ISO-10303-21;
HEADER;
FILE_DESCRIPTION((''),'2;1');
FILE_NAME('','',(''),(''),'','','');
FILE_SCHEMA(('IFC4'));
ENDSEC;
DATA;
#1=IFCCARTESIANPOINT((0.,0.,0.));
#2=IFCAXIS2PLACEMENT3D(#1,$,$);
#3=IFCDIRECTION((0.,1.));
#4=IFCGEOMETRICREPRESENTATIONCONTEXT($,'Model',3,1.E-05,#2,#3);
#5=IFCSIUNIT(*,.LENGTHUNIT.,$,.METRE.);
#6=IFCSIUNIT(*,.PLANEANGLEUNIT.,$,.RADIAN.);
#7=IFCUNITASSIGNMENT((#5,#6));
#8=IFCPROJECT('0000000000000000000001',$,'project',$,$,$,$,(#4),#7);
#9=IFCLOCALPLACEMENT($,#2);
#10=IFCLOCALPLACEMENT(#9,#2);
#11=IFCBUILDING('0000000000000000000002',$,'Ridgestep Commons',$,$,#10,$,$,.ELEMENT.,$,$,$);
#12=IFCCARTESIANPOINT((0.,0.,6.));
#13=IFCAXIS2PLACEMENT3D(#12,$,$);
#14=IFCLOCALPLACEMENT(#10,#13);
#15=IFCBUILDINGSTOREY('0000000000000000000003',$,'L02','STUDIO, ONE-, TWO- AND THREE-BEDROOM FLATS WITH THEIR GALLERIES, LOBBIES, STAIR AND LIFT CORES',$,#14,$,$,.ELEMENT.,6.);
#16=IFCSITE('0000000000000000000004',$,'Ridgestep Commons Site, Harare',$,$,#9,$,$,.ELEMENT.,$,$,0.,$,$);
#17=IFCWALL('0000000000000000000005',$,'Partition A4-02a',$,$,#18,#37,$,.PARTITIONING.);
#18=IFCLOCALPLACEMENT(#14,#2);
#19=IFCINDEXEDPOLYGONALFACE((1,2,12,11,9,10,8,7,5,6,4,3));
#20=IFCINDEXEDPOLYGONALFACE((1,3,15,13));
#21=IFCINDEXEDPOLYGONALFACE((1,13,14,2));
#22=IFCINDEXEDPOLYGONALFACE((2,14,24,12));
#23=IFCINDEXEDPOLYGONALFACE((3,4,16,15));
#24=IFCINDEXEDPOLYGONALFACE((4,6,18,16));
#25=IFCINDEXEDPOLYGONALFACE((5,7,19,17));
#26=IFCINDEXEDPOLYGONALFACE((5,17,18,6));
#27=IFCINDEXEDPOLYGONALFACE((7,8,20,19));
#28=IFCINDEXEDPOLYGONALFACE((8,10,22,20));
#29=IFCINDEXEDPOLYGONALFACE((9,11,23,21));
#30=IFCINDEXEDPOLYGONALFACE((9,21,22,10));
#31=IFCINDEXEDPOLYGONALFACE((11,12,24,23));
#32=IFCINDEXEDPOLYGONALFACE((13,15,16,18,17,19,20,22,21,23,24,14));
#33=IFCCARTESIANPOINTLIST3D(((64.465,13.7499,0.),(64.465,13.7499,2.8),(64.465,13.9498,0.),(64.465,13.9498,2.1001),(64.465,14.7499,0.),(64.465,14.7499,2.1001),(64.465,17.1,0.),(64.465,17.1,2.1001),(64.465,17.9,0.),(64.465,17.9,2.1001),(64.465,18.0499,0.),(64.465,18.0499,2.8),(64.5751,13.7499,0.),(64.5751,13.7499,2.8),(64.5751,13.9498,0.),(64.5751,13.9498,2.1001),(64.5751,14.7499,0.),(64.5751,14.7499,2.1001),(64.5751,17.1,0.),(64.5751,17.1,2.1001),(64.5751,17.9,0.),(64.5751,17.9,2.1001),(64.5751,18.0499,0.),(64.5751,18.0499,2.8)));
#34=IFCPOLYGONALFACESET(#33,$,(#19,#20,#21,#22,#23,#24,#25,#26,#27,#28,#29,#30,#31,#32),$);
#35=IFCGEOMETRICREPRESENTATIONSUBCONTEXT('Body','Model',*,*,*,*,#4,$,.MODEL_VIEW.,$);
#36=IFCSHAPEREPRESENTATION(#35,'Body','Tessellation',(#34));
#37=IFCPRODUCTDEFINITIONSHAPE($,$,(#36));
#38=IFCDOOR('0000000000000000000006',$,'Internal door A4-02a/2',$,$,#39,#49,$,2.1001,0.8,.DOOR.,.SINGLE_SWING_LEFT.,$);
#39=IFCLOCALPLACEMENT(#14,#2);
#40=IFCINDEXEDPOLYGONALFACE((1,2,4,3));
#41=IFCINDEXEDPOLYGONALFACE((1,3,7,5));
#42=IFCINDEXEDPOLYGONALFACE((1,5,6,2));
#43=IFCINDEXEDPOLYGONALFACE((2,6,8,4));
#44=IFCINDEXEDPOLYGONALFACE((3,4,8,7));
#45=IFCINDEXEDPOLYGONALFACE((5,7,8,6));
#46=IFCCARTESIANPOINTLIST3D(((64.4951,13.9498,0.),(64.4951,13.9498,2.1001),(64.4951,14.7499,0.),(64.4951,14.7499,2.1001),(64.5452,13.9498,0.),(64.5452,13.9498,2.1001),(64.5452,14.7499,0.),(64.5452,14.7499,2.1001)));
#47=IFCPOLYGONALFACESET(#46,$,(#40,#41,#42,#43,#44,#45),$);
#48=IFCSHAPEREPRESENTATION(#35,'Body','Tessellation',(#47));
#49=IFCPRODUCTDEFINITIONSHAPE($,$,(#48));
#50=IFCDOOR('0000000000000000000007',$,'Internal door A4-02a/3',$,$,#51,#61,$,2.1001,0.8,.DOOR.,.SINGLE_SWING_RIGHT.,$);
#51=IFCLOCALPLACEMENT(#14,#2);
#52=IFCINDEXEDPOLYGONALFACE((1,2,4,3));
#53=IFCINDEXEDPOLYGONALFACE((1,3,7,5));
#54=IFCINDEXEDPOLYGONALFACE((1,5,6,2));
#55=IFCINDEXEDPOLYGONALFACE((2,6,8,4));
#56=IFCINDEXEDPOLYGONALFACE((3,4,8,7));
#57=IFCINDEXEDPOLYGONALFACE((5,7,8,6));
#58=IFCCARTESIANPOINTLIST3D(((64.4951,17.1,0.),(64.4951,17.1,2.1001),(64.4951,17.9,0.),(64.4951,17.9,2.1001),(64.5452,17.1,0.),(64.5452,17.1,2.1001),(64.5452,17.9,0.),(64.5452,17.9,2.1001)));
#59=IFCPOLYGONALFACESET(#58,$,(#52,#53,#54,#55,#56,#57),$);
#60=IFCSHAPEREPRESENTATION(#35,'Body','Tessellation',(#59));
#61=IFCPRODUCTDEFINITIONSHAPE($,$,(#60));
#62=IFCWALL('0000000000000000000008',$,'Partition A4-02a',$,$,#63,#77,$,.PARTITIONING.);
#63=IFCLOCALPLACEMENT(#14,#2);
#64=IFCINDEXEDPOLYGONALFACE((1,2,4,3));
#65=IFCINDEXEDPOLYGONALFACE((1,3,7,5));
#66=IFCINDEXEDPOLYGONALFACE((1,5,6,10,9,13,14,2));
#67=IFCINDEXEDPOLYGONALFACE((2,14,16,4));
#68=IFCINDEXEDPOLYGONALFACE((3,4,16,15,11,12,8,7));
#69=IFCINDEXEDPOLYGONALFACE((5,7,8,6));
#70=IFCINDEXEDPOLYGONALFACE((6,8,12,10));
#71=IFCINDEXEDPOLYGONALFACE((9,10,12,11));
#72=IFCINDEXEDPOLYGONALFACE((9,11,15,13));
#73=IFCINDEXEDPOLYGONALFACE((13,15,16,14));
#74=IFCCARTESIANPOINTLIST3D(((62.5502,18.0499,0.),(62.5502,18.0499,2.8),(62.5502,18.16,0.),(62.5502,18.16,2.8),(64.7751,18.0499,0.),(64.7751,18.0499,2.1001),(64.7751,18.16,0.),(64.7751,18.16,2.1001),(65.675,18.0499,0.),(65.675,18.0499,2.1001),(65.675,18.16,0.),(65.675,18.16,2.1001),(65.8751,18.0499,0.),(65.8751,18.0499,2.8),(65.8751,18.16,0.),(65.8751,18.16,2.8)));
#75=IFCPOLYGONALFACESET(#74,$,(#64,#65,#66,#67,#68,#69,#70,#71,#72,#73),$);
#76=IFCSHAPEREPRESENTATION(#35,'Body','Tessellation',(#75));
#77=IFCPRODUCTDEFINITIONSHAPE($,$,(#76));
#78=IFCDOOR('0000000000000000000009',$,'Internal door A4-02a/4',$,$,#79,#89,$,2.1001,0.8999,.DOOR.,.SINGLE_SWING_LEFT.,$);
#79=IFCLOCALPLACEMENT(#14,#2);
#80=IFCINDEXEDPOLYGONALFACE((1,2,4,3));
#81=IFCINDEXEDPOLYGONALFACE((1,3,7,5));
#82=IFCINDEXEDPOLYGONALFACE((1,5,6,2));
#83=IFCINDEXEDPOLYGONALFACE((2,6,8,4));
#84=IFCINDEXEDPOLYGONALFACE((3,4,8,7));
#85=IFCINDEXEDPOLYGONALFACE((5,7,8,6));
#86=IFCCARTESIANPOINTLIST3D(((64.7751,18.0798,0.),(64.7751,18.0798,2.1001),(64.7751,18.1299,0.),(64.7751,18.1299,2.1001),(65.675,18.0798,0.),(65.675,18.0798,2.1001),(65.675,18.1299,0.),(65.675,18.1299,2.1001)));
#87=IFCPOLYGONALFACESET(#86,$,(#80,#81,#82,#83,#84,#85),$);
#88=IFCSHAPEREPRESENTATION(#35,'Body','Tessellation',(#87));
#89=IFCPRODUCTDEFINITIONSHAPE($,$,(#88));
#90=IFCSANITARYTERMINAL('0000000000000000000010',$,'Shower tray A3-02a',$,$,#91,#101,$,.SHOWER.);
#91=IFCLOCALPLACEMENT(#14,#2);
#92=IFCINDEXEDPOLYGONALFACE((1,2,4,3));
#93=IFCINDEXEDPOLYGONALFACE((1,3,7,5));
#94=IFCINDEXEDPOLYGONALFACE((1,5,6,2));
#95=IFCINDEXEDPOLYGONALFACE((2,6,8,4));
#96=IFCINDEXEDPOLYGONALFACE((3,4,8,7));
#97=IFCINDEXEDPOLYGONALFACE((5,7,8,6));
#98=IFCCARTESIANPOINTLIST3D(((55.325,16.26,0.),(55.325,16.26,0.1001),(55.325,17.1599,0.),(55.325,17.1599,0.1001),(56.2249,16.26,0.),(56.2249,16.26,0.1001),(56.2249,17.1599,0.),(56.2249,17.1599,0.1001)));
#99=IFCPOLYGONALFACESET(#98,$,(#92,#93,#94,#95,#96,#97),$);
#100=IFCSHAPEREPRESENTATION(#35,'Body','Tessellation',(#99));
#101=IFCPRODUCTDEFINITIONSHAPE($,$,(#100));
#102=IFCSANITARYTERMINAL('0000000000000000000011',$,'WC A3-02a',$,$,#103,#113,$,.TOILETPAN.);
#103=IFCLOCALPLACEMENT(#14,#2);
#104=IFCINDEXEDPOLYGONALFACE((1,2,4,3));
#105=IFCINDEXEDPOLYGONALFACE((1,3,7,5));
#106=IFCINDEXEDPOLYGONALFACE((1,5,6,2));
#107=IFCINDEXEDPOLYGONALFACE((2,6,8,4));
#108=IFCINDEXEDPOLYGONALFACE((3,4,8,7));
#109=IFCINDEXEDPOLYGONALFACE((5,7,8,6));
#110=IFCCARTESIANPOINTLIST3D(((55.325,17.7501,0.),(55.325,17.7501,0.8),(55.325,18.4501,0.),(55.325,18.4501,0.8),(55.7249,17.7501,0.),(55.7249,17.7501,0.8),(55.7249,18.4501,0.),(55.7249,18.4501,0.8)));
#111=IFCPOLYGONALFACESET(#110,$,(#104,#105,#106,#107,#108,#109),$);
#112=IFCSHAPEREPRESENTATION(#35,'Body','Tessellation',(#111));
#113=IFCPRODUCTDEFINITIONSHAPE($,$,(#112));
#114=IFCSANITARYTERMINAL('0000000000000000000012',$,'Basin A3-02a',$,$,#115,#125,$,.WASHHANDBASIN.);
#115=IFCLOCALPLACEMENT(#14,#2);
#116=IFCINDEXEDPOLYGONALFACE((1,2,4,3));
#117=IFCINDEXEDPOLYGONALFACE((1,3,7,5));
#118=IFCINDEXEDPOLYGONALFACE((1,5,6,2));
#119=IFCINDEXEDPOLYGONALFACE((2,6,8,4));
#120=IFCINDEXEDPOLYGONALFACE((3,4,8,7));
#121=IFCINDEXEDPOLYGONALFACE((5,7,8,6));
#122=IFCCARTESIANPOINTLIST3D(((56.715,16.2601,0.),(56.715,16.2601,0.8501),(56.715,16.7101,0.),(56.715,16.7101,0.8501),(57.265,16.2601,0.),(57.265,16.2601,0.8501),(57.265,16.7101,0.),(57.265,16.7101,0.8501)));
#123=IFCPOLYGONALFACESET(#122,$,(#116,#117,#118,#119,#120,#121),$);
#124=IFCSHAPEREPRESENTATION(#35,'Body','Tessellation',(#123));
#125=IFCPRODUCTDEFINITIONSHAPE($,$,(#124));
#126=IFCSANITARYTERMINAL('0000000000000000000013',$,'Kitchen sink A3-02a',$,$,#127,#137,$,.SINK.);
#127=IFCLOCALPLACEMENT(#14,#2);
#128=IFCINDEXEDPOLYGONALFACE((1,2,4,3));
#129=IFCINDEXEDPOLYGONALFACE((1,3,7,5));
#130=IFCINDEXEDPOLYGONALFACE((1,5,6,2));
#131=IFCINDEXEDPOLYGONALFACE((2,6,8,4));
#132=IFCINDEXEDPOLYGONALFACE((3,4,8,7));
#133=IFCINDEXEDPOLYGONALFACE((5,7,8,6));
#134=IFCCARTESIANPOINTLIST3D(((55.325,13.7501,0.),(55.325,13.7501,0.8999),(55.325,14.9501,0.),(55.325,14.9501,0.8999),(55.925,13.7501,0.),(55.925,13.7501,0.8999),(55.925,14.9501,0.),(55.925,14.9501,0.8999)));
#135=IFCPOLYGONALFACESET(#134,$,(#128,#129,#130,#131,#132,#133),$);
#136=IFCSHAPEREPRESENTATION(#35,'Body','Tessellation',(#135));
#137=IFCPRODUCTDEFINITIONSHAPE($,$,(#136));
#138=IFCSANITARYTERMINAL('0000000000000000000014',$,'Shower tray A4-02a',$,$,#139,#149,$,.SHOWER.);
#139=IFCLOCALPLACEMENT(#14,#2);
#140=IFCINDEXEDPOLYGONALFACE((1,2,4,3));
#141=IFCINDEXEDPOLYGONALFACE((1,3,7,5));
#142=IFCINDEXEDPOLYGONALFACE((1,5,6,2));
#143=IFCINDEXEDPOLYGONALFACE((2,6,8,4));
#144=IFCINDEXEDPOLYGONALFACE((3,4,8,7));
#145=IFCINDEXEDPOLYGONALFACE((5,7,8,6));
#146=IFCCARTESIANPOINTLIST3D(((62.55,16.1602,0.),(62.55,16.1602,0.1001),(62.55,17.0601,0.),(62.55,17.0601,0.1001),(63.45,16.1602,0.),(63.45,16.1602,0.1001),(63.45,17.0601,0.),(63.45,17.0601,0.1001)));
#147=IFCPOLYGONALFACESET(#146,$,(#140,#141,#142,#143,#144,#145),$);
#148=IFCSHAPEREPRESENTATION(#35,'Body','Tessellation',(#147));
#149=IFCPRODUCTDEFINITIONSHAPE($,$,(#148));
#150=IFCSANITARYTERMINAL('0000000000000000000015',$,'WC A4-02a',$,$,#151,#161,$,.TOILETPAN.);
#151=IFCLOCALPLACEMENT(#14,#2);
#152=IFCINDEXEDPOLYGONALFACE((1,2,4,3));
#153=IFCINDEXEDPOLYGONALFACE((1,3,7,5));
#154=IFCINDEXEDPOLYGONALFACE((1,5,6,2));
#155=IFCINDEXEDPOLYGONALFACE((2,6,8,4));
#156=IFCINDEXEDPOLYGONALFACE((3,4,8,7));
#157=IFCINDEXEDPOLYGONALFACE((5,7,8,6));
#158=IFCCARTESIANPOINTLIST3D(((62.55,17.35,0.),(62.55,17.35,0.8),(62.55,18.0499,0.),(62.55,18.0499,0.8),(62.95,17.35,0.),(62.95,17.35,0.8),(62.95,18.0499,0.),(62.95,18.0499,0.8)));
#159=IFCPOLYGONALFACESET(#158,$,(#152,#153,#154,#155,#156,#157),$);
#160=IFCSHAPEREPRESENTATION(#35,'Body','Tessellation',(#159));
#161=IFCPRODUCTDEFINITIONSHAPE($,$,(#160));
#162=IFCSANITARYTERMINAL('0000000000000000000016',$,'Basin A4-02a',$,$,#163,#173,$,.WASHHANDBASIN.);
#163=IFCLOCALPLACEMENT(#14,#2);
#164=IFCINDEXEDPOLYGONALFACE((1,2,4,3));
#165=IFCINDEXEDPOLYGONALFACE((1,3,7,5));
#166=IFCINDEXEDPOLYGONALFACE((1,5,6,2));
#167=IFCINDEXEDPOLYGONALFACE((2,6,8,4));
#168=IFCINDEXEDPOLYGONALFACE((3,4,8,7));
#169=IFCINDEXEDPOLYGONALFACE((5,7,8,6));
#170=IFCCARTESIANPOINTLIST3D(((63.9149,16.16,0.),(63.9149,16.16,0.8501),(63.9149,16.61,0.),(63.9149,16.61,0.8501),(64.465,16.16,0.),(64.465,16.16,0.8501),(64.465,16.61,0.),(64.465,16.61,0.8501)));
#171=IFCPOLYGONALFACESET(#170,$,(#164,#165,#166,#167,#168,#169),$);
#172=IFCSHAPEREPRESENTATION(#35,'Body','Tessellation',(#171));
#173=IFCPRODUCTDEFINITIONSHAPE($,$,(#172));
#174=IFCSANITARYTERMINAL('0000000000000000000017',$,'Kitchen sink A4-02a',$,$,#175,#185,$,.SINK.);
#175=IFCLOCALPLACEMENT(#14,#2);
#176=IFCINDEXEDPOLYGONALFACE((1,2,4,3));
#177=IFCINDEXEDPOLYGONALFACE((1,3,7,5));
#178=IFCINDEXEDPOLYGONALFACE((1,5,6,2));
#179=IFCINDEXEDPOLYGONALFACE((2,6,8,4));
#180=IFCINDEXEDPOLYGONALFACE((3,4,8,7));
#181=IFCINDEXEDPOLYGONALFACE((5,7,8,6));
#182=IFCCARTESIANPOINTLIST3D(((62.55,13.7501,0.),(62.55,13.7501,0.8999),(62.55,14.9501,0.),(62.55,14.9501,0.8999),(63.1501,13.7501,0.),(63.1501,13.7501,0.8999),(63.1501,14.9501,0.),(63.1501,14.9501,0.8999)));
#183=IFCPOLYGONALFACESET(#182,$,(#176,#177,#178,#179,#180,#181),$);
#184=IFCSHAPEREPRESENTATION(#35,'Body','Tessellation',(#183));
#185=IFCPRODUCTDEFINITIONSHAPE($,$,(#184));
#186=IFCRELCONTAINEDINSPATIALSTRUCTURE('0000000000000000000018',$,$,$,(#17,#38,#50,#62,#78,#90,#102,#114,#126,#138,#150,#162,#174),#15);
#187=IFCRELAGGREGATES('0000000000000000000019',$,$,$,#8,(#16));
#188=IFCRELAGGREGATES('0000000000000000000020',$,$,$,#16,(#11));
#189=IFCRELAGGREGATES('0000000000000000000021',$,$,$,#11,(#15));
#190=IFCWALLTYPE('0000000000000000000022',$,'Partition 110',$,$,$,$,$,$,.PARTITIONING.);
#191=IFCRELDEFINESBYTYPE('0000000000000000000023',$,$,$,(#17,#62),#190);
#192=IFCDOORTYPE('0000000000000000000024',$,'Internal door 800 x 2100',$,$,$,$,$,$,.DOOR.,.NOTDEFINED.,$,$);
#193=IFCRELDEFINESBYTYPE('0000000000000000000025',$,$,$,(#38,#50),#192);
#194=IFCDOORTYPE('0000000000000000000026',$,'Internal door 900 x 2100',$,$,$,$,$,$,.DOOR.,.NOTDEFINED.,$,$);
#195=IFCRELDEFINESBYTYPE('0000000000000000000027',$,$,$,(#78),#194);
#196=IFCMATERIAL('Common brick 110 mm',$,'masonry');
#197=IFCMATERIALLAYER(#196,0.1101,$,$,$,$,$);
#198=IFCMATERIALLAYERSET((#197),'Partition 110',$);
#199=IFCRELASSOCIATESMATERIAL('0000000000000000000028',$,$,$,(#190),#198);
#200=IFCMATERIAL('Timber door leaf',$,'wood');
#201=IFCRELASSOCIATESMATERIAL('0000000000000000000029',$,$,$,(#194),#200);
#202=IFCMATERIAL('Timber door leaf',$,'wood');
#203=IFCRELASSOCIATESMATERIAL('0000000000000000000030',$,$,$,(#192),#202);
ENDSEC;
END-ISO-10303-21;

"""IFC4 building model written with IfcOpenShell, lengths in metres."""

from ifc_helpers import new_model, si_unit, direction, frame, frame_2d, origin, origin_2d, place, context, subcontext, project, spatial, rectangle, extrude, material, layer, layer_set, type_object, element, fill, save


model = new_model("IFC4")

# Units and contexts
model_context = context("Model", 3, precision=1e-05, world=origin(), true_north=direction((0.0, 1.0)))
body_context = subcontext(model_context, "Body", "Model", "MODEL_VIEW")
ifc_project = project(units=[si_unit("LENGTHUNIT", "METRE"), si_unit("PLANEANGLEUNIT", "RADIAN")], contexts=[model_context])

# Site, building, storey
site_placement = place(None, origin())
site = spatial("IfcSite", under=ifc_project, at=site_placement, Name="Ridgestep Commons Site, Harare", CompositionType="ELEMENT", RefElevation=0.0)
building_placement = place(site_placement, origin())
building = spatial("IfcBuilding", under=site, at=building_placement, Name="Ridgestep Commons", CompositionType="ELEMENT")
storey_placement = place(building_placement, frame((0.0, 0.0, 6.0)))
storey = spatial("IfcBuildingStorey", under=building, at=storey_placement, Name="L02", Description="STUDIO, ONE-, TWO- AND THREE-BEDROOM FLATS WITH THEIR GALLERIES, LOBBIES, STAIR AND LIFT CORES", CompositionType="ELEMENT", Elevation=6.0)

# Shared definitions
ifc_material_1 = material(Name="Common brick 110 mm", Category="masonry")
ifc_layer_1 = layer(ifc_material_1, 0.1101)
ifc_layer_set_1 = layer_set([ifc_layer_1], Name="Partition 110")
wall_type_1 = type_object("IfcWallType", Name="Partition 110", PredefinedType="PARTITIONING", material=ifc_layer_set_1)

# Shared definitions
ifc_material_2 = material(Name="Timber door leaf", Category="wood")
door_type_1 = type_object("IfcDoorType", Name="Internal door 900 x 2100", OperationType="NOTDEFINED", PredefinedType="DOOR", material=ifc_material_2)

# Wall, openings, doors
wall_1_placement = place(storey_placement, frame((64.52, 13.75, 0.0), z_axis=(0.0, 0.0, 1.0), x_axis=(0.0, 1.0, 0.0)))
wall_1 = element("IfcWall", 1, at=wall_1_placement, inside=storey, type_object=wall_type_1, Name="Partition A4-02a", PredefinedType="PARTITIONING", context=body_context, shape_type="SweptSolid", body=[
    extrude(rectangle(XDim=4.3, YDim=0.1101, at=frame_2d((2.1499, 0.0))), origin(), (0.0, 0.0, 1.0), 2.8),
])
opening_1_placement = place(wall_1_placement, frame((0.2, 0.0, 0.0)))
opening_1 = element("IfcOpeningElement", 2, at=opening_1_placement, cuts=wall_1, PredefinedType="OPENING", context=body_context, shape_type="SweptSolid", body=[
    extrude(rectangle(XDim=0.8, YDim=2.1001, at=frame_2d((0.3999, 1.05))), frame((0.0, 0.0649, 0.0), z_axis=(0.0, -1.0, 0.0), x_axis=(1.0, 0.0, 0.0)), (0.0, 0.0, 1.0), 0.1301),
])
opening_2_placement = place(wall_1_placement, frame((3.3501, 0.0, 0.0)))
opening_2 = element("IfcOpeningElement", 3, at=opening_2_placement, cuts=wall_1, PredefinedType="OPENING", context=body_context, shape_type="SweptSolid", body=[
    extrude(rectangle(XDim=0.8, YDim=2.1001, at=frame_2d((0.3999, 1.05))), frame((0.0, 0.0649, 0.0), z_axis=(0.0, -1.0, 0.0), x_axis=(1.0, 0.0, 0.0)), (0.0, 0.0, 1.0), 0.1301),
])
ifc_material_3 = material(Name="Timber door leaf", Category="wood")
door_type_2 = type_object("IfcDoorType", Name="Internal door 800 x 2100", OperationType="NOTDEFINED", PredefinedType="DOOR", material=ifc_material_3)
door_1_placement = place(opening_1_placement, origin())
door_1 = element("IfcDoor", 4, at=door_1_placement, inside=storey, type_object=door_type_2, Name="Internal door A4-02a/2", OperationType="SINGLE_SWING_LEFT", OverallHeight=2.1001, OverallWidth=0.8, PredefinedType="DOOR", context=body_context, shape_type="SweptSolid", body=[
    extrude(rectangle(XDim=0.8, YDim=2.1001, at=frame_2d((0.3999, 1.05))), frame((0.0, 0.0249, 0.0), z_axis=(0.0, -1.0, 0.0), x_axis=(1.0, 0.0, 0.0)), (0.0, 0.0, 1.0), 0.05),
])
fill(opening_1, door_1)
door_2_placement = place(opening_2_placement, origin())
door_2 = element("IfcDoor", 5, at=door_2_placement, inside=storey, type_object=door_type_2, Name="Internal door A4-02a/3", OperationType="SINGLE_SWING_RIGHT", OverallHeight=2.1001, OverallWidth=0.8, PredefinedType="DOOR", context=body_context, shape_type="SweptSolid", body=[
    extrude(rectangle(XDim=0.8, YDim=2.1001, at=frame_2d((0.3999, 1.05))), frame((0.0, 0.0249, 0.0), z_axis=(0.0, -1.0, 0.0), x_axis=(1.0, 0.0, 0.0)), (0.0, 0.0, 1.0), 0.05),
])
fill(opening_2, door_2)

# Wall, opening, door
wall_2_placement = place(storey_placement, frame((62.55, 18.105, 0.0), z_axis=(0.0, 0.0, 1.0), x_axis=(1.0, 0.0, 0.0)))
wall_2 = element("IfcWall", 6, at=wall_2_placement, inside=storey, type_object=wall_type_1, Name="Partition A4-02a", PredefinedType="PARTITIONING", context=body_context, shape_type="SweptSolid", body=[
    extrude(rectangle(XDim=3.325, YDim=0.1101, at=frame_2d((1.6626, 0.0))), origin(), (0.0, 0.0, 1.0), 2.8),
])
opening_3_placement = place(wall_2_placement, frame((2.2251, 0.0, 0.0)))
opening_3 = element("IfcOpeningElement", 7, at=opening_3_placement, cuts=wall_2, PredefinedType="OPENING", context=body_context, shape_type="SweptSolid", body=[
    extrude(rectangle(XDim=0.8999, YDim=2.1001, at=frame_2d((0.45, 1.05))), frame((0.0, 0.0649, 0.0), z_axis=(0.0, -1.0, 0.0), x_axis=(1.0, 0.0, 0.0)), (0.0, 0.0, 1.0), 0.1301),
])
door_3_placement = place(opening_3_placement, origin())
door_3 = element("IfcDoor", 8, at=door_3_placement, inside=storey, type_object=door_type_1, Name="Internal door A4-02a/4", OperationType="SINGLE_SWING_LEFT", OverallHeight=2.1001, OverallWidth=0.8999, PredefinedType="DOOR", context=body_context, shape_type="SweptSolid", body=[
    extrude(rectangle(XDim=0.8999, YDim=2.1001, at=frame_2d((0.45, 1.05))), frame((0.0, 0.0249, 0.0), z_axis=(0.0, -1.0, 0.0), x_axis=(1.0, 0.0, 0.0)), (0.0, 0.0, 1.0), 0.05),
])
fill(opening_3, door_3)

# Sanitary terminals
sanitary_terminal_1_placement = place(storey_placement, frame((55.7749, 16.71, 0.0), z_axis=(0.0, 0.0, 1.0), x_axis=(1.0, 0.0, 0.0)))
element("IfcSanitaryTerminal", 9, at=sanitary_terminal_1_placement, inside=storey, Name="Shower tray A3-02a", PredefinedType="SHOWER", context=body_context, shape_type="SweptSolid", body=[
    extrude(rectangle(XDim=0.8999, YDim=0.8999, at=origin_2d()), origin(), (0.0, 0.0, 1.0), 0.1001),
])
sanitary_terminal_2_placement = place(storey_placement, frame((55.5249, 18.1001, 0.0), z_axis=(0.0, 0.0, 1.0), x_axis=(1.0, 0.0, 0.0)))
element("IfcSanitaryTerminal", 10, at=sanitary_terminal_2_placement, inside=storey, Name="WC A3-02a", PredefinedType="TOILETPAN", context=body_context, shape_type="SweptSolid", body=[
    extrude(rectangle(XDim=0.3999, YDim=0.7, at=origin_2d()), origin(), (0.0, 0.0, 1.0), 0.8),
])
sanitary_terminal_3_placement = place(storey_placement, frame((56.99, 16.4851, 0.0), z_axis=(0.0, 0.0, 1.0), x_axis=(1.0, 0.0, 0.0)))
element("IfcSanitaryTerminal", 11, at=sanitary_terminal_3_placement, inside=storey, Name="Basin A3-02a", PredefinedType="WASHHANDBASIN", context=body_context, shape_type="SweptSolid", body=[
    extrude(rectangle(XDim=0.55, YDim=0.45, at=origin_2d()), origin(), (0.0, 0.0, 1.0), 0.8501),
])
sanitary_terminal_4_placement = place(storey_placement, frame((55.625, 14.3501, 0.0), z_axis=(0.0, 0.0, 1.0), x_axis=(1.0, 0.0, 0.0)))
element("IfcSanitaryTerminal", 12, at=sanitary_terminal_4_placement, inside=storey, Name="Kitchen sink A3-02a", PredefinedType="SINK", context=body_context, shape_type="SweptSolid", body=[
    extrude(rectangle(XDim=0.6001, YDim=1.2, at=origin_2d()), origin(), (0.0, 0.0, 1.0), 0.8999),
])
sanitary_terminal_5_placement = place(storey_placement, frame((63.0, 16.6101, 0.0), z_axis=(0.0, 0.0, 1.0), x_axis=(1.0, 0.0, 0.0)))
element("IfcSanitaryTerminal", 13, at=sanitary_terminal_5_placement, inside=storey, Name="Shower tray A4-02a", PredefinedType="SHOWER", context=body_context, shape_type="SweptSolid", body=[
    extrude(rectangle(XDim=0.8999, YDim=0.8999, at=origin_2d()), origin(), (0.0, 0.0, 1.0), 0.1001),
])
sanitary_terminal_6_placement = place(storey_placement, frame((62.75, 17.7, 0.0), z_axis=(0.0, 0.0, 1.0), x_axis=(1.0, 0.0, 0.0)))
element("IfcSanitaryTerminal", 14, at=sanitary_terminal_6_placement, inside=storey, Name="WC A4-02a", PredefinedType="TOILETPAN", context=body_context, shape_type="SweptSolid", body=[
    extrude(rectangle(XDim=0.3999, YDim=0.7, at=origin_2d()), origin(), (0.0, 0.0, 1.0), 0.8),
])
sanitary_terminal_7_placement = place(storey_placement, frame((64.1899, 16.385, 0.0), z_axis=(0.0, 0.0, 1.0), x_axis=(1.0, 0.0, 0.0)))
element("IfcSanitaryTerminal", 15, at=sanitary_terminal_7_placement, inside=storey, Name="Basin A4-02a", PredefinedType="WASHHANDBASIN", context=body_context, shape_type="SweptSolid", body=[
    extrude(rectangle(XDim=0.55, YDim=0.45, at=origin_2d()), origin(), (0.0, 0.0, 1.0), 0.8501),
])
sanitary_terminal_8_placement = place(storey_placement, frame((62.8501, 14.3501, 0.0), z_axis=(0.0, 0.0, 1.0), x_axis=(1.0, 0.0, 0.0)))
element("IfcSanitaryTerminal", 16, at=sanitary_terminal_8_placement, inside=storey, Name="Kitchen sink A4-02a", PredefinedType="SINK", context=body_context, shape_type="SweptSolid", body=[
    extrude(rectangle(XDim=0.6001, YDim=1.2, at=origin_2d()), origin(), (0.0, 0.0, 1.0), 0.8999),
])

save(model, "model.ifc")
